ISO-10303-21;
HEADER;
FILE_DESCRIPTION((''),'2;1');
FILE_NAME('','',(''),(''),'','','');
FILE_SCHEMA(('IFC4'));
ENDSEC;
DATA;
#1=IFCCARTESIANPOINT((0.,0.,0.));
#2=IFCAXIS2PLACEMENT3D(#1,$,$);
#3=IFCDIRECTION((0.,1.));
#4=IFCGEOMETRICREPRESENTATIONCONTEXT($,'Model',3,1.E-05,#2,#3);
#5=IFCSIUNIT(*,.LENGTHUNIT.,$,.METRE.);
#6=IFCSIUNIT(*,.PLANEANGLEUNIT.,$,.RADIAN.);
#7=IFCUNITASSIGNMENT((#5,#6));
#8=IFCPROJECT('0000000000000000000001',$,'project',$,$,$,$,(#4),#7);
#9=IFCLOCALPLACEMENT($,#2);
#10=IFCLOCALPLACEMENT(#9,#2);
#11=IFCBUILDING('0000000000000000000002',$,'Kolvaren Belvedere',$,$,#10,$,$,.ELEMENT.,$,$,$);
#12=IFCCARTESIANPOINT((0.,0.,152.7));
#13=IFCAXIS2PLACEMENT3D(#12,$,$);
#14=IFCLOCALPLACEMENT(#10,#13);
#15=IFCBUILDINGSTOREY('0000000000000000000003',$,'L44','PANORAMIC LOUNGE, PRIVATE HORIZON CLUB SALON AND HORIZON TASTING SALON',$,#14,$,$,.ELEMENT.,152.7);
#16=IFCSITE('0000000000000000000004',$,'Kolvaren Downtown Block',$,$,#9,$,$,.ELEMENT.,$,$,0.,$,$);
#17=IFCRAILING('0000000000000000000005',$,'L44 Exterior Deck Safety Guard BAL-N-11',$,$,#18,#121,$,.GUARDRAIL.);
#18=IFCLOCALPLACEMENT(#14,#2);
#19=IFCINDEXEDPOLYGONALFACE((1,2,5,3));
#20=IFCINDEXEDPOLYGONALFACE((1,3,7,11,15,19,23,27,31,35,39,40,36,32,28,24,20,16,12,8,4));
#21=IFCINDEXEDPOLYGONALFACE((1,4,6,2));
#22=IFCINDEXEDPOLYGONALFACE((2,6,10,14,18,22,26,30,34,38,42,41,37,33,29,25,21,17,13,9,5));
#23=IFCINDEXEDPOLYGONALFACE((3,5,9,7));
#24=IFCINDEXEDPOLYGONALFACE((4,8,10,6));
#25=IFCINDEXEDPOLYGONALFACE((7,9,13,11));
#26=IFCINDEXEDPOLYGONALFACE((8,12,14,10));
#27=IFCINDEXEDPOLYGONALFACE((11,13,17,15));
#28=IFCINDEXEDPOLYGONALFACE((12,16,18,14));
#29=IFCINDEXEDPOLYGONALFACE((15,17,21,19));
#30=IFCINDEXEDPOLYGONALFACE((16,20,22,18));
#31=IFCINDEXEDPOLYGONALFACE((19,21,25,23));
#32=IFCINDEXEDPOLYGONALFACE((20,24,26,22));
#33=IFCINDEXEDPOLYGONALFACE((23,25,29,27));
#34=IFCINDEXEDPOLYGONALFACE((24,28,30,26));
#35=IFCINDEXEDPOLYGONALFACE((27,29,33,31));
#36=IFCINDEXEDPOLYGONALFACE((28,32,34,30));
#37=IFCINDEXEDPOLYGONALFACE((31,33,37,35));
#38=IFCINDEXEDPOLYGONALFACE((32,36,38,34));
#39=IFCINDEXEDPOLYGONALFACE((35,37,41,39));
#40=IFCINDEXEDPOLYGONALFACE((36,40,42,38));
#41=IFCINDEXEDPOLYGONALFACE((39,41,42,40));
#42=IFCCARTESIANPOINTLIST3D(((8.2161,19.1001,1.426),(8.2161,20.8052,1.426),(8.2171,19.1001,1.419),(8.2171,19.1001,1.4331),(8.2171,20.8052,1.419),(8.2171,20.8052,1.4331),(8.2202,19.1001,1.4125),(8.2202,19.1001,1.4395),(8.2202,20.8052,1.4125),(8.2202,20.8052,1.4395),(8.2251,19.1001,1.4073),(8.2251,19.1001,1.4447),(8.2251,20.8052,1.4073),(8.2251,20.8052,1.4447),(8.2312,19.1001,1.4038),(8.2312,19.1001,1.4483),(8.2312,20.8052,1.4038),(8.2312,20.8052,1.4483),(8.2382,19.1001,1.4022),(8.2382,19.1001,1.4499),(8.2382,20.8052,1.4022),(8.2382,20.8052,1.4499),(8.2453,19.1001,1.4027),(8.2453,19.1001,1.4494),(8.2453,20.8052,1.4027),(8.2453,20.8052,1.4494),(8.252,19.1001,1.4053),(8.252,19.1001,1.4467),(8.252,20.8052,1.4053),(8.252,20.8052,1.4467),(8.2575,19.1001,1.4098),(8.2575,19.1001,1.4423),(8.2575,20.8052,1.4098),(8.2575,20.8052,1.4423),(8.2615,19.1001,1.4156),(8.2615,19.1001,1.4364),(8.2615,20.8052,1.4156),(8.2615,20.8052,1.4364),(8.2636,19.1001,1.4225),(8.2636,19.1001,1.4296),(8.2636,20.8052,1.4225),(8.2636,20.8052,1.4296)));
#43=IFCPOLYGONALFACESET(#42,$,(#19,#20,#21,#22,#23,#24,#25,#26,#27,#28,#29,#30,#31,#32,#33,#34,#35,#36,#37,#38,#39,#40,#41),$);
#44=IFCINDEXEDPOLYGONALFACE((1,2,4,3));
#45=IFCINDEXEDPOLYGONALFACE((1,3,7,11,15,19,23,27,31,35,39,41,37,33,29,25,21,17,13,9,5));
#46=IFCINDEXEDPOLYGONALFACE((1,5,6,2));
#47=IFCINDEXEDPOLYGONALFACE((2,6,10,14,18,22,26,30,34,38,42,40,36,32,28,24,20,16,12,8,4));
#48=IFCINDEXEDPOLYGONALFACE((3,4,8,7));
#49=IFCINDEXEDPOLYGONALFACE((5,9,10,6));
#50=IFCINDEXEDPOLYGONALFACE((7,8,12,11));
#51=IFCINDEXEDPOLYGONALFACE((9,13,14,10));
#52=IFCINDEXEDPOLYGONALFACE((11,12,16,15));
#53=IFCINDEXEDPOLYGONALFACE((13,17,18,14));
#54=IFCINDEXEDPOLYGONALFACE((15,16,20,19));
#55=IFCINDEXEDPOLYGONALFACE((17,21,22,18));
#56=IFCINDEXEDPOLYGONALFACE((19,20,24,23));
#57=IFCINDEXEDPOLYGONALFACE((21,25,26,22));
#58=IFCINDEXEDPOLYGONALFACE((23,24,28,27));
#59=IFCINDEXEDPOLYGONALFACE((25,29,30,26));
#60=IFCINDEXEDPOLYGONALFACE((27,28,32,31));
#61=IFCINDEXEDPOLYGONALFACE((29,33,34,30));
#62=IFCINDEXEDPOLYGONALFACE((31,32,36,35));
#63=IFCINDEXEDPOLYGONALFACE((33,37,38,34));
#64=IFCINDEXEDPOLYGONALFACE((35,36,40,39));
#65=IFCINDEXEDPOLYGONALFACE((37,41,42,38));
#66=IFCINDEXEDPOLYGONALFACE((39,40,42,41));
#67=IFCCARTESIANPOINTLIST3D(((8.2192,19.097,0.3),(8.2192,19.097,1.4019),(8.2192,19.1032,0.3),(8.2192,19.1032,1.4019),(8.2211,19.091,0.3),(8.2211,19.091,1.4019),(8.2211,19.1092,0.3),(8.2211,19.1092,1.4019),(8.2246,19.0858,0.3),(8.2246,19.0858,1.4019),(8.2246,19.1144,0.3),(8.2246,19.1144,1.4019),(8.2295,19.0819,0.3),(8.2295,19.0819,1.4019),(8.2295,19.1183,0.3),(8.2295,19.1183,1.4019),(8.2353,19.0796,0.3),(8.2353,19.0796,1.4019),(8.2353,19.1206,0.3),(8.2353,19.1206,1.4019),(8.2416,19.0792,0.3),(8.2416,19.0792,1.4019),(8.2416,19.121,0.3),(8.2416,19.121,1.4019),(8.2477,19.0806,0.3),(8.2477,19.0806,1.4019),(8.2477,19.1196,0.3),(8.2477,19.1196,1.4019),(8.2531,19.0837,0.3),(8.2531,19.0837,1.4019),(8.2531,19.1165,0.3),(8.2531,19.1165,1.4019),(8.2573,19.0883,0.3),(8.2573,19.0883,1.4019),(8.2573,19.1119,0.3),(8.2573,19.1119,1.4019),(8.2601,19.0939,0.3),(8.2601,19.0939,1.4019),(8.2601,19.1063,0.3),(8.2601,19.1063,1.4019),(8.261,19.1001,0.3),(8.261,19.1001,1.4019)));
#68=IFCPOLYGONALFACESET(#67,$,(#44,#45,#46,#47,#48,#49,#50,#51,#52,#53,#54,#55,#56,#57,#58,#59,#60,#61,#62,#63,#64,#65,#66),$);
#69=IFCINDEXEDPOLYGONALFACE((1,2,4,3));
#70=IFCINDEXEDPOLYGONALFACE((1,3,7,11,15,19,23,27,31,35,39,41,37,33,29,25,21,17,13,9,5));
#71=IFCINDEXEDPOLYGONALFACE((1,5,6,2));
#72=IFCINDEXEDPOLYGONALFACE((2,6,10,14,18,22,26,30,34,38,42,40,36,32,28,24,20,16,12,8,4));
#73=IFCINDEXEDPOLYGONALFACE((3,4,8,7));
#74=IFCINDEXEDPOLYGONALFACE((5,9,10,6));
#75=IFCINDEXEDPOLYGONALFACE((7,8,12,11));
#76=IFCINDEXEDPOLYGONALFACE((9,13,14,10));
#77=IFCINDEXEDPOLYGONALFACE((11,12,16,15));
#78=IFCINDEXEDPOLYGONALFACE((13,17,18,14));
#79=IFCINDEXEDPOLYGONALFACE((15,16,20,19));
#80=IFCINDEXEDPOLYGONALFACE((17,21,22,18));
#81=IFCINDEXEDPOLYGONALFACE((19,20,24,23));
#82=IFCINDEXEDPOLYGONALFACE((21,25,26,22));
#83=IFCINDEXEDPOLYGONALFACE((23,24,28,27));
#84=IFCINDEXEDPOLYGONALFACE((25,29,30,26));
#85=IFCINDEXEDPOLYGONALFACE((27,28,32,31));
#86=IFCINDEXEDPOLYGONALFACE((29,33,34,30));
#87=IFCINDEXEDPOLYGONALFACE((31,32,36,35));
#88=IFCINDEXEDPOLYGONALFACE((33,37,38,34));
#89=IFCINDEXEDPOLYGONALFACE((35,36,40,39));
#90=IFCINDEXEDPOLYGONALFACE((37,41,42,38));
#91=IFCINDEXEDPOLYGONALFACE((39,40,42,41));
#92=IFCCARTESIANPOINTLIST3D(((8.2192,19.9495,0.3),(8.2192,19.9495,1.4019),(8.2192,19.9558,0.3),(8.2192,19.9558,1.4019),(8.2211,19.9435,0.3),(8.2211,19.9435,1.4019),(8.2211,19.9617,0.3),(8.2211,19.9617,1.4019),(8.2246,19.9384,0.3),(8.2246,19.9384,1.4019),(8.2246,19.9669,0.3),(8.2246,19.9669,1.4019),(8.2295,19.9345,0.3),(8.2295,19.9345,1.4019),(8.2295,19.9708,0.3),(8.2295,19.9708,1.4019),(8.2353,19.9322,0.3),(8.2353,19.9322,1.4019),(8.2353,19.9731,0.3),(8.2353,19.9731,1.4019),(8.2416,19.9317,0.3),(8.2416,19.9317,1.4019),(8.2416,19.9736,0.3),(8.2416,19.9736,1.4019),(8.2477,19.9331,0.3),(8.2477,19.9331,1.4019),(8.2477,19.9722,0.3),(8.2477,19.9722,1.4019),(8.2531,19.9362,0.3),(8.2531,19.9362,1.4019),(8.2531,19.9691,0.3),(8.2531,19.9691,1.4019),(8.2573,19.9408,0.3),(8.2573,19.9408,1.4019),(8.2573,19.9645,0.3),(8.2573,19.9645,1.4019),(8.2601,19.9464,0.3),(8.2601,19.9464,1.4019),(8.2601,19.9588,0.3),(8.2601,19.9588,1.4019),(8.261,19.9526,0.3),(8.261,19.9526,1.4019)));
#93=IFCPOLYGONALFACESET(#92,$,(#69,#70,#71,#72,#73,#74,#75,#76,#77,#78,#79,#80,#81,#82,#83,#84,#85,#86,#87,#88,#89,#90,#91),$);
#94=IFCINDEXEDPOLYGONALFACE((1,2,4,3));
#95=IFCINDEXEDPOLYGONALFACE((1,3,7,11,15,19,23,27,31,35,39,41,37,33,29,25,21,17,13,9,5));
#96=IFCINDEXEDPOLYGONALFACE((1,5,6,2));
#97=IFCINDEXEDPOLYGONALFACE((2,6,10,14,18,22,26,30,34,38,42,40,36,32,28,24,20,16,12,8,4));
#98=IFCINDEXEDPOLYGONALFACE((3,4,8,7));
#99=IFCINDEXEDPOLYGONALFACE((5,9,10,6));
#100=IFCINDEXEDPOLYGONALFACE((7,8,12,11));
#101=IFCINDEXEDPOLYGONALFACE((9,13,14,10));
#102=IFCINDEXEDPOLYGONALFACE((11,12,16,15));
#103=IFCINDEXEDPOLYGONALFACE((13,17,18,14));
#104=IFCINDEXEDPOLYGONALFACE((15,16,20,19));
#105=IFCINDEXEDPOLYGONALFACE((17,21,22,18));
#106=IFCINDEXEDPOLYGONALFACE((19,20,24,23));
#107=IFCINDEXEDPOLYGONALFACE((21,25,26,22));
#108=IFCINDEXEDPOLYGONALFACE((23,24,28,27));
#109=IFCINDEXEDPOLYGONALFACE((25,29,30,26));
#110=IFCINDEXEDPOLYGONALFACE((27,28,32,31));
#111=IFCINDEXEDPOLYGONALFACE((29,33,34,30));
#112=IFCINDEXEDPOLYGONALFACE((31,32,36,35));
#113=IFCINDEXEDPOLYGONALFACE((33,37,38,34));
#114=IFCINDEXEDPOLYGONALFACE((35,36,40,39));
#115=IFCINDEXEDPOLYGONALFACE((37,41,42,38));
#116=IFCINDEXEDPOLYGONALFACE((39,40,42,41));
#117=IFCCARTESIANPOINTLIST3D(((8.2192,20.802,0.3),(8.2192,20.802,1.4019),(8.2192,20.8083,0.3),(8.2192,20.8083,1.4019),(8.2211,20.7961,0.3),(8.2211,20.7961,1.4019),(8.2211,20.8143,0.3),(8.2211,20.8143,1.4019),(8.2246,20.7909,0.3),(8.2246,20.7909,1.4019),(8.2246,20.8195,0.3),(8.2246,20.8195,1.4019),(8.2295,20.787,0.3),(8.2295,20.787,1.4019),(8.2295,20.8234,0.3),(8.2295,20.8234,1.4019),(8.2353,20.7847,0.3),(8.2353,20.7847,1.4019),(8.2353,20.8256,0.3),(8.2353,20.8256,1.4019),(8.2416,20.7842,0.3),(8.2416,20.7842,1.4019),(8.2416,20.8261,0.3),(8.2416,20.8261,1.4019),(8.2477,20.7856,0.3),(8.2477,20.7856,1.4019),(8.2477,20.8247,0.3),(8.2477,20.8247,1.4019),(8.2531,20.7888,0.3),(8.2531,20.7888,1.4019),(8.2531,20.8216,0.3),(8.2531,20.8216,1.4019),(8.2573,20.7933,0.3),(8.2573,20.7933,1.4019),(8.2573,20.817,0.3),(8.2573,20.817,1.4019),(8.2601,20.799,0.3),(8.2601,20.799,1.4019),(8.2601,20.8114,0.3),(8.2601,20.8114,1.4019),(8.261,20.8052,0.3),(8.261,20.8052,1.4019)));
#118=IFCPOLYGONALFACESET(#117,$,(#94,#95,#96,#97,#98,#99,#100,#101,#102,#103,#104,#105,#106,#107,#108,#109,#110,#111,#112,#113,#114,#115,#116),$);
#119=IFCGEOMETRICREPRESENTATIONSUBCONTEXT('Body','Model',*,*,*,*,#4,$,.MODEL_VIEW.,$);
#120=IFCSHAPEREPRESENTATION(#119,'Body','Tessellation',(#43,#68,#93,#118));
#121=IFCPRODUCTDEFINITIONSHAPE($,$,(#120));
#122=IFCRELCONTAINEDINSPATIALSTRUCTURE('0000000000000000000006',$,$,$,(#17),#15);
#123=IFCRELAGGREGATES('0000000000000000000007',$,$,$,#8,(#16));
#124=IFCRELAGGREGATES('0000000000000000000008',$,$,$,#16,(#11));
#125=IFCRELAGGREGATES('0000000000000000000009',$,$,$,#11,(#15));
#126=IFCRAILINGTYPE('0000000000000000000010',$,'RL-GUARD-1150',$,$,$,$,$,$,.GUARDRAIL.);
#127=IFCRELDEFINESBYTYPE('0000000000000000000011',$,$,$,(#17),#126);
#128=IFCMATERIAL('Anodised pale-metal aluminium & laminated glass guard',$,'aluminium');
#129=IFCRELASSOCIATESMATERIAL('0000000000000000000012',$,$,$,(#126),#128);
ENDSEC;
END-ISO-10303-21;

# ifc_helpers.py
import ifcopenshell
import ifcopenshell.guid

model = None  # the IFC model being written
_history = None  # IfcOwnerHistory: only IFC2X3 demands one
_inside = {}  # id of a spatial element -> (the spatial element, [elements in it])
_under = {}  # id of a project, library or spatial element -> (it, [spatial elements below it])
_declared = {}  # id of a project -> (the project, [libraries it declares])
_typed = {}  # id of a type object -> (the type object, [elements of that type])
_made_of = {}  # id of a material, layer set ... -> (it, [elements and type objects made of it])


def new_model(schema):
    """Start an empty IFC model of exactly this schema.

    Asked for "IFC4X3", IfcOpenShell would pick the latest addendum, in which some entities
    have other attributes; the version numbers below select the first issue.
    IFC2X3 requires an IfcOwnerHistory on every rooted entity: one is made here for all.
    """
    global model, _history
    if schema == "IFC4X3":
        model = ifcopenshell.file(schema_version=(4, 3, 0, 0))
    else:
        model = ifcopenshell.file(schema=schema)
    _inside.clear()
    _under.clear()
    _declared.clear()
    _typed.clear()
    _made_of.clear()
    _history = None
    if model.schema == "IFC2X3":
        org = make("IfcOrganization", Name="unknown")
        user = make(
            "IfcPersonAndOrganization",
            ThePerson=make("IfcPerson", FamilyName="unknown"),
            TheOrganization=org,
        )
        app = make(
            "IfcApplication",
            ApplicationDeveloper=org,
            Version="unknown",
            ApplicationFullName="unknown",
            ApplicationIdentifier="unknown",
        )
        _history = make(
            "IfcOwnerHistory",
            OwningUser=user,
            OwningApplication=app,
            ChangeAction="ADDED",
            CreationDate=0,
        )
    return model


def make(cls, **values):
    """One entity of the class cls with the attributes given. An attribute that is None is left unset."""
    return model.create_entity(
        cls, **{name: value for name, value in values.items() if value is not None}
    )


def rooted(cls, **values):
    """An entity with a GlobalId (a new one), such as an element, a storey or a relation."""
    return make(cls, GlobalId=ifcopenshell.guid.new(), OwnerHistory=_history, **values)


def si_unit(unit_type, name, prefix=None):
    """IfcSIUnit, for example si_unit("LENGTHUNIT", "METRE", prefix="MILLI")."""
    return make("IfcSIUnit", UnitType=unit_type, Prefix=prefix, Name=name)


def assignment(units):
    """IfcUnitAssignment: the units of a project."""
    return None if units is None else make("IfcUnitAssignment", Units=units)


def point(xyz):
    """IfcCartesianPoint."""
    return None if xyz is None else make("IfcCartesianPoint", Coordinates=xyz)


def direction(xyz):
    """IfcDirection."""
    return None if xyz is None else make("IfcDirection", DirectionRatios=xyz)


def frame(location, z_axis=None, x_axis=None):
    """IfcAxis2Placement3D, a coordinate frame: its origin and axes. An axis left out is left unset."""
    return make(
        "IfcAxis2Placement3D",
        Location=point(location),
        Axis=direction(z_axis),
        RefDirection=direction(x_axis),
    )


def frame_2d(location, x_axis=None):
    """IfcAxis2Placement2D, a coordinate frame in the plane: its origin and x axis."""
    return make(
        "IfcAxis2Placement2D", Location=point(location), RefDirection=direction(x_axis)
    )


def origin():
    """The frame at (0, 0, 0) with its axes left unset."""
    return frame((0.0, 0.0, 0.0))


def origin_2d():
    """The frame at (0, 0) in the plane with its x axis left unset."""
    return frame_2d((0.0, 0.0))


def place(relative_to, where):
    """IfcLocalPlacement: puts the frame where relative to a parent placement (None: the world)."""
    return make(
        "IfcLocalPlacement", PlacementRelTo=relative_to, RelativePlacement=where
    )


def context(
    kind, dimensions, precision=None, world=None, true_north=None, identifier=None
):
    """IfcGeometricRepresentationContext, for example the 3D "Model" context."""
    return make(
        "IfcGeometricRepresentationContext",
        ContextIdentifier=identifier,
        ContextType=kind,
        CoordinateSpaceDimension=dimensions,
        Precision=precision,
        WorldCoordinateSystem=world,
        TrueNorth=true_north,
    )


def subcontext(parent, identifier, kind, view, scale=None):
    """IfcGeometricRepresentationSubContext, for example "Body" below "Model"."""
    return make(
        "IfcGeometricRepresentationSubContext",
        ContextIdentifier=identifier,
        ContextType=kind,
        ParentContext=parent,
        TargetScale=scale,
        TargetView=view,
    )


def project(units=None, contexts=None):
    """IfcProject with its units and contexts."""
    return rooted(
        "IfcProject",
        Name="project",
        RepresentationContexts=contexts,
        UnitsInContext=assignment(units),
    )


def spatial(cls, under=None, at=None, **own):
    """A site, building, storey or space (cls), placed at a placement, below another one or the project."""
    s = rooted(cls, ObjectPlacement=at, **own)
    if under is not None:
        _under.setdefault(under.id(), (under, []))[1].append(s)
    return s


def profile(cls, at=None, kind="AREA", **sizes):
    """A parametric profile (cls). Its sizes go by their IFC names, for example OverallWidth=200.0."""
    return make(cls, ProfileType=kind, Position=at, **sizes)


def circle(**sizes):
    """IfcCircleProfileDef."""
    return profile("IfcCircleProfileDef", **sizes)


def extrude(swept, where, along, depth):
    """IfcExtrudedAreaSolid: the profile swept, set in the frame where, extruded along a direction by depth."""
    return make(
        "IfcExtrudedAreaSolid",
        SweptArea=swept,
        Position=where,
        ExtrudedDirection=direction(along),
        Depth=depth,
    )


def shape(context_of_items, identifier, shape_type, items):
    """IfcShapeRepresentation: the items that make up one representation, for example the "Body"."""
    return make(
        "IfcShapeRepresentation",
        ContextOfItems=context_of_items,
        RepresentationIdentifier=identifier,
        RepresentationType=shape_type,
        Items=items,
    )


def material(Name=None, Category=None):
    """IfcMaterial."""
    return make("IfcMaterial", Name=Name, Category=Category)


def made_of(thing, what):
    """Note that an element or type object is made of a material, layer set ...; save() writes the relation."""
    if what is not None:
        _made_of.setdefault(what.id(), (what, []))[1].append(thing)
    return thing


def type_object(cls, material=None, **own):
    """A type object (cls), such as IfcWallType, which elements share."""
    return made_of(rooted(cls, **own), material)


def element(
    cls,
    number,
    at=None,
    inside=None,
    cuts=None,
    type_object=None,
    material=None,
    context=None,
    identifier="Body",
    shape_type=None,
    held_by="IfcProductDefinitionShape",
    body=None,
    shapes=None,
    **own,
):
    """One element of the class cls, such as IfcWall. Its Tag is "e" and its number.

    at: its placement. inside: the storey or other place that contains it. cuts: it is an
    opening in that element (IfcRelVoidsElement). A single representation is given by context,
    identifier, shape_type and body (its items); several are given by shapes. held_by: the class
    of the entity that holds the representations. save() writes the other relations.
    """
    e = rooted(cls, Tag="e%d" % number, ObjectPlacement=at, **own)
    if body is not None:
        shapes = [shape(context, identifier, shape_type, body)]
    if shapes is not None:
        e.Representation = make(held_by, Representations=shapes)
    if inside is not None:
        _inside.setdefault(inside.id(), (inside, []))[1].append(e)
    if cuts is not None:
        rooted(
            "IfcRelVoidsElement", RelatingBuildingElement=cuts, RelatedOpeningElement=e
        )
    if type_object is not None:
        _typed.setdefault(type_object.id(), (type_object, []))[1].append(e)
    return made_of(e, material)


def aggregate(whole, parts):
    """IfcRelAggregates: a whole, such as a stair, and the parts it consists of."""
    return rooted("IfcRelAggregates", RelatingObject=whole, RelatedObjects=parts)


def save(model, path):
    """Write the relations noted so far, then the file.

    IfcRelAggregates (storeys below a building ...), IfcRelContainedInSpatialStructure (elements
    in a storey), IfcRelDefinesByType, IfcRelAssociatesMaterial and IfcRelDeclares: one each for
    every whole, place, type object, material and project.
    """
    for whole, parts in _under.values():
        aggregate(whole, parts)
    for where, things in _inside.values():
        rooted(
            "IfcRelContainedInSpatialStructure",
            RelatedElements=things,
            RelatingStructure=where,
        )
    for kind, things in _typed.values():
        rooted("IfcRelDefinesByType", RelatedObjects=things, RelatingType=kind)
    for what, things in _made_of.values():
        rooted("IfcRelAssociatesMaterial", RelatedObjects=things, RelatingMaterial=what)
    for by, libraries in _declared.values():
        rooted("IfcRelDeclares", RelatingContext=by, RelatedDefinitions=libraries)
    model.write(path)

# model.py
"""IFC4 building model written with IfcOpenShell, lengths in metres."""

from ifc_helpers import new_model, si_unit, direction, frame, origin, origin_2d, place, context, subcontext, project, spatial, circle, extrude, material, type_object, element, save


model = new_model("IFC4")

# Units and contexts
model_context = context("Model", 3, precision=1e-05, world=origin(), true_north=direction((0.0, 1.0)))
body_context = subcontext(model_context, "Body", "Model", "MODEL_VIEW")
ifc_project = project(units=[si_unit("LENGTHUNIT", "METRE"), si_unit("PLANEANGLEUNIT", "RADIAN")], contexts=[model_context])

# Site, building, storey
site_placement = place(None, origin())
site = spatial("IfcSite", under=ifc_project, at=site_placement, Name="Kolvaren Downtown Block", CompositionType="ELEMENT", RefElevation=0.0)
building_placement = place(site_placement, origin())
building = spatial("IfcBuilding", under=site, at=building_placement, Name="Kolvaren Belvedere", CompositionType="ELEMENT")
storey_placement = place(building_placement, frame((0.0, 0.0, 152.7)))
storey = spatial("IfcBuildingStorey", under=building, at=storey_placement, Name="L44", Description="PANORAMIC LOUNGE, PRIVATE HORIZON CLUB SALON AND HORIZON TASTING SALON", CompositionType="ELEMENT", Elevation=152.7)

# Railing
ifc_material_1 = material(Name="Anodised pale-metal aluminium & laminated glass guard", Category="aluminium")
railing_type = type_object("IfcRailingType", Name="RL-GUARD-1150", PredefinedType="GUARDRAIL", material=ifc_material_1)
railing_1_placement = place(storey_placement, frame((8.24, 19.1001, 0.3)))
element("IfcRailing", 1, at=railing_1_placement, inside=storey, type_object=railing_type, Name="L44 Exterior Deck Safety Guard BAL-N-11", PredefinedType="GUARDRAIL", context=body_context, shape_type="SweptSolid", body=[
    extrude(circle(Radius=0.0239, at=origin_2d()), frame((0.0, 0.0, 1.126), z_axis=(0.0, 1.0, 0.0), x_axis=(-1.0, 0.0, 0.0)), (0.0, 0.0, 1.0), 1.7051),
    extrude(circle(Radius=0.021, at=origin_2d()), origin(), (0.0, 0.0, 1.0), 1.1018),
    extrude(circle(Radius=0.021, at=origin_2d()), frame((0.0, 0.8525, 0.0)), (0.0, 0.0, 1.0), 1.1018),
    extrude(circle(Radius=0.021, at=origin_2d()), frame((0.0, 1.7051, 0.0)), (0.0, 0.0, 1.0), 1.1018),
])

save(model, "model.ifc")
